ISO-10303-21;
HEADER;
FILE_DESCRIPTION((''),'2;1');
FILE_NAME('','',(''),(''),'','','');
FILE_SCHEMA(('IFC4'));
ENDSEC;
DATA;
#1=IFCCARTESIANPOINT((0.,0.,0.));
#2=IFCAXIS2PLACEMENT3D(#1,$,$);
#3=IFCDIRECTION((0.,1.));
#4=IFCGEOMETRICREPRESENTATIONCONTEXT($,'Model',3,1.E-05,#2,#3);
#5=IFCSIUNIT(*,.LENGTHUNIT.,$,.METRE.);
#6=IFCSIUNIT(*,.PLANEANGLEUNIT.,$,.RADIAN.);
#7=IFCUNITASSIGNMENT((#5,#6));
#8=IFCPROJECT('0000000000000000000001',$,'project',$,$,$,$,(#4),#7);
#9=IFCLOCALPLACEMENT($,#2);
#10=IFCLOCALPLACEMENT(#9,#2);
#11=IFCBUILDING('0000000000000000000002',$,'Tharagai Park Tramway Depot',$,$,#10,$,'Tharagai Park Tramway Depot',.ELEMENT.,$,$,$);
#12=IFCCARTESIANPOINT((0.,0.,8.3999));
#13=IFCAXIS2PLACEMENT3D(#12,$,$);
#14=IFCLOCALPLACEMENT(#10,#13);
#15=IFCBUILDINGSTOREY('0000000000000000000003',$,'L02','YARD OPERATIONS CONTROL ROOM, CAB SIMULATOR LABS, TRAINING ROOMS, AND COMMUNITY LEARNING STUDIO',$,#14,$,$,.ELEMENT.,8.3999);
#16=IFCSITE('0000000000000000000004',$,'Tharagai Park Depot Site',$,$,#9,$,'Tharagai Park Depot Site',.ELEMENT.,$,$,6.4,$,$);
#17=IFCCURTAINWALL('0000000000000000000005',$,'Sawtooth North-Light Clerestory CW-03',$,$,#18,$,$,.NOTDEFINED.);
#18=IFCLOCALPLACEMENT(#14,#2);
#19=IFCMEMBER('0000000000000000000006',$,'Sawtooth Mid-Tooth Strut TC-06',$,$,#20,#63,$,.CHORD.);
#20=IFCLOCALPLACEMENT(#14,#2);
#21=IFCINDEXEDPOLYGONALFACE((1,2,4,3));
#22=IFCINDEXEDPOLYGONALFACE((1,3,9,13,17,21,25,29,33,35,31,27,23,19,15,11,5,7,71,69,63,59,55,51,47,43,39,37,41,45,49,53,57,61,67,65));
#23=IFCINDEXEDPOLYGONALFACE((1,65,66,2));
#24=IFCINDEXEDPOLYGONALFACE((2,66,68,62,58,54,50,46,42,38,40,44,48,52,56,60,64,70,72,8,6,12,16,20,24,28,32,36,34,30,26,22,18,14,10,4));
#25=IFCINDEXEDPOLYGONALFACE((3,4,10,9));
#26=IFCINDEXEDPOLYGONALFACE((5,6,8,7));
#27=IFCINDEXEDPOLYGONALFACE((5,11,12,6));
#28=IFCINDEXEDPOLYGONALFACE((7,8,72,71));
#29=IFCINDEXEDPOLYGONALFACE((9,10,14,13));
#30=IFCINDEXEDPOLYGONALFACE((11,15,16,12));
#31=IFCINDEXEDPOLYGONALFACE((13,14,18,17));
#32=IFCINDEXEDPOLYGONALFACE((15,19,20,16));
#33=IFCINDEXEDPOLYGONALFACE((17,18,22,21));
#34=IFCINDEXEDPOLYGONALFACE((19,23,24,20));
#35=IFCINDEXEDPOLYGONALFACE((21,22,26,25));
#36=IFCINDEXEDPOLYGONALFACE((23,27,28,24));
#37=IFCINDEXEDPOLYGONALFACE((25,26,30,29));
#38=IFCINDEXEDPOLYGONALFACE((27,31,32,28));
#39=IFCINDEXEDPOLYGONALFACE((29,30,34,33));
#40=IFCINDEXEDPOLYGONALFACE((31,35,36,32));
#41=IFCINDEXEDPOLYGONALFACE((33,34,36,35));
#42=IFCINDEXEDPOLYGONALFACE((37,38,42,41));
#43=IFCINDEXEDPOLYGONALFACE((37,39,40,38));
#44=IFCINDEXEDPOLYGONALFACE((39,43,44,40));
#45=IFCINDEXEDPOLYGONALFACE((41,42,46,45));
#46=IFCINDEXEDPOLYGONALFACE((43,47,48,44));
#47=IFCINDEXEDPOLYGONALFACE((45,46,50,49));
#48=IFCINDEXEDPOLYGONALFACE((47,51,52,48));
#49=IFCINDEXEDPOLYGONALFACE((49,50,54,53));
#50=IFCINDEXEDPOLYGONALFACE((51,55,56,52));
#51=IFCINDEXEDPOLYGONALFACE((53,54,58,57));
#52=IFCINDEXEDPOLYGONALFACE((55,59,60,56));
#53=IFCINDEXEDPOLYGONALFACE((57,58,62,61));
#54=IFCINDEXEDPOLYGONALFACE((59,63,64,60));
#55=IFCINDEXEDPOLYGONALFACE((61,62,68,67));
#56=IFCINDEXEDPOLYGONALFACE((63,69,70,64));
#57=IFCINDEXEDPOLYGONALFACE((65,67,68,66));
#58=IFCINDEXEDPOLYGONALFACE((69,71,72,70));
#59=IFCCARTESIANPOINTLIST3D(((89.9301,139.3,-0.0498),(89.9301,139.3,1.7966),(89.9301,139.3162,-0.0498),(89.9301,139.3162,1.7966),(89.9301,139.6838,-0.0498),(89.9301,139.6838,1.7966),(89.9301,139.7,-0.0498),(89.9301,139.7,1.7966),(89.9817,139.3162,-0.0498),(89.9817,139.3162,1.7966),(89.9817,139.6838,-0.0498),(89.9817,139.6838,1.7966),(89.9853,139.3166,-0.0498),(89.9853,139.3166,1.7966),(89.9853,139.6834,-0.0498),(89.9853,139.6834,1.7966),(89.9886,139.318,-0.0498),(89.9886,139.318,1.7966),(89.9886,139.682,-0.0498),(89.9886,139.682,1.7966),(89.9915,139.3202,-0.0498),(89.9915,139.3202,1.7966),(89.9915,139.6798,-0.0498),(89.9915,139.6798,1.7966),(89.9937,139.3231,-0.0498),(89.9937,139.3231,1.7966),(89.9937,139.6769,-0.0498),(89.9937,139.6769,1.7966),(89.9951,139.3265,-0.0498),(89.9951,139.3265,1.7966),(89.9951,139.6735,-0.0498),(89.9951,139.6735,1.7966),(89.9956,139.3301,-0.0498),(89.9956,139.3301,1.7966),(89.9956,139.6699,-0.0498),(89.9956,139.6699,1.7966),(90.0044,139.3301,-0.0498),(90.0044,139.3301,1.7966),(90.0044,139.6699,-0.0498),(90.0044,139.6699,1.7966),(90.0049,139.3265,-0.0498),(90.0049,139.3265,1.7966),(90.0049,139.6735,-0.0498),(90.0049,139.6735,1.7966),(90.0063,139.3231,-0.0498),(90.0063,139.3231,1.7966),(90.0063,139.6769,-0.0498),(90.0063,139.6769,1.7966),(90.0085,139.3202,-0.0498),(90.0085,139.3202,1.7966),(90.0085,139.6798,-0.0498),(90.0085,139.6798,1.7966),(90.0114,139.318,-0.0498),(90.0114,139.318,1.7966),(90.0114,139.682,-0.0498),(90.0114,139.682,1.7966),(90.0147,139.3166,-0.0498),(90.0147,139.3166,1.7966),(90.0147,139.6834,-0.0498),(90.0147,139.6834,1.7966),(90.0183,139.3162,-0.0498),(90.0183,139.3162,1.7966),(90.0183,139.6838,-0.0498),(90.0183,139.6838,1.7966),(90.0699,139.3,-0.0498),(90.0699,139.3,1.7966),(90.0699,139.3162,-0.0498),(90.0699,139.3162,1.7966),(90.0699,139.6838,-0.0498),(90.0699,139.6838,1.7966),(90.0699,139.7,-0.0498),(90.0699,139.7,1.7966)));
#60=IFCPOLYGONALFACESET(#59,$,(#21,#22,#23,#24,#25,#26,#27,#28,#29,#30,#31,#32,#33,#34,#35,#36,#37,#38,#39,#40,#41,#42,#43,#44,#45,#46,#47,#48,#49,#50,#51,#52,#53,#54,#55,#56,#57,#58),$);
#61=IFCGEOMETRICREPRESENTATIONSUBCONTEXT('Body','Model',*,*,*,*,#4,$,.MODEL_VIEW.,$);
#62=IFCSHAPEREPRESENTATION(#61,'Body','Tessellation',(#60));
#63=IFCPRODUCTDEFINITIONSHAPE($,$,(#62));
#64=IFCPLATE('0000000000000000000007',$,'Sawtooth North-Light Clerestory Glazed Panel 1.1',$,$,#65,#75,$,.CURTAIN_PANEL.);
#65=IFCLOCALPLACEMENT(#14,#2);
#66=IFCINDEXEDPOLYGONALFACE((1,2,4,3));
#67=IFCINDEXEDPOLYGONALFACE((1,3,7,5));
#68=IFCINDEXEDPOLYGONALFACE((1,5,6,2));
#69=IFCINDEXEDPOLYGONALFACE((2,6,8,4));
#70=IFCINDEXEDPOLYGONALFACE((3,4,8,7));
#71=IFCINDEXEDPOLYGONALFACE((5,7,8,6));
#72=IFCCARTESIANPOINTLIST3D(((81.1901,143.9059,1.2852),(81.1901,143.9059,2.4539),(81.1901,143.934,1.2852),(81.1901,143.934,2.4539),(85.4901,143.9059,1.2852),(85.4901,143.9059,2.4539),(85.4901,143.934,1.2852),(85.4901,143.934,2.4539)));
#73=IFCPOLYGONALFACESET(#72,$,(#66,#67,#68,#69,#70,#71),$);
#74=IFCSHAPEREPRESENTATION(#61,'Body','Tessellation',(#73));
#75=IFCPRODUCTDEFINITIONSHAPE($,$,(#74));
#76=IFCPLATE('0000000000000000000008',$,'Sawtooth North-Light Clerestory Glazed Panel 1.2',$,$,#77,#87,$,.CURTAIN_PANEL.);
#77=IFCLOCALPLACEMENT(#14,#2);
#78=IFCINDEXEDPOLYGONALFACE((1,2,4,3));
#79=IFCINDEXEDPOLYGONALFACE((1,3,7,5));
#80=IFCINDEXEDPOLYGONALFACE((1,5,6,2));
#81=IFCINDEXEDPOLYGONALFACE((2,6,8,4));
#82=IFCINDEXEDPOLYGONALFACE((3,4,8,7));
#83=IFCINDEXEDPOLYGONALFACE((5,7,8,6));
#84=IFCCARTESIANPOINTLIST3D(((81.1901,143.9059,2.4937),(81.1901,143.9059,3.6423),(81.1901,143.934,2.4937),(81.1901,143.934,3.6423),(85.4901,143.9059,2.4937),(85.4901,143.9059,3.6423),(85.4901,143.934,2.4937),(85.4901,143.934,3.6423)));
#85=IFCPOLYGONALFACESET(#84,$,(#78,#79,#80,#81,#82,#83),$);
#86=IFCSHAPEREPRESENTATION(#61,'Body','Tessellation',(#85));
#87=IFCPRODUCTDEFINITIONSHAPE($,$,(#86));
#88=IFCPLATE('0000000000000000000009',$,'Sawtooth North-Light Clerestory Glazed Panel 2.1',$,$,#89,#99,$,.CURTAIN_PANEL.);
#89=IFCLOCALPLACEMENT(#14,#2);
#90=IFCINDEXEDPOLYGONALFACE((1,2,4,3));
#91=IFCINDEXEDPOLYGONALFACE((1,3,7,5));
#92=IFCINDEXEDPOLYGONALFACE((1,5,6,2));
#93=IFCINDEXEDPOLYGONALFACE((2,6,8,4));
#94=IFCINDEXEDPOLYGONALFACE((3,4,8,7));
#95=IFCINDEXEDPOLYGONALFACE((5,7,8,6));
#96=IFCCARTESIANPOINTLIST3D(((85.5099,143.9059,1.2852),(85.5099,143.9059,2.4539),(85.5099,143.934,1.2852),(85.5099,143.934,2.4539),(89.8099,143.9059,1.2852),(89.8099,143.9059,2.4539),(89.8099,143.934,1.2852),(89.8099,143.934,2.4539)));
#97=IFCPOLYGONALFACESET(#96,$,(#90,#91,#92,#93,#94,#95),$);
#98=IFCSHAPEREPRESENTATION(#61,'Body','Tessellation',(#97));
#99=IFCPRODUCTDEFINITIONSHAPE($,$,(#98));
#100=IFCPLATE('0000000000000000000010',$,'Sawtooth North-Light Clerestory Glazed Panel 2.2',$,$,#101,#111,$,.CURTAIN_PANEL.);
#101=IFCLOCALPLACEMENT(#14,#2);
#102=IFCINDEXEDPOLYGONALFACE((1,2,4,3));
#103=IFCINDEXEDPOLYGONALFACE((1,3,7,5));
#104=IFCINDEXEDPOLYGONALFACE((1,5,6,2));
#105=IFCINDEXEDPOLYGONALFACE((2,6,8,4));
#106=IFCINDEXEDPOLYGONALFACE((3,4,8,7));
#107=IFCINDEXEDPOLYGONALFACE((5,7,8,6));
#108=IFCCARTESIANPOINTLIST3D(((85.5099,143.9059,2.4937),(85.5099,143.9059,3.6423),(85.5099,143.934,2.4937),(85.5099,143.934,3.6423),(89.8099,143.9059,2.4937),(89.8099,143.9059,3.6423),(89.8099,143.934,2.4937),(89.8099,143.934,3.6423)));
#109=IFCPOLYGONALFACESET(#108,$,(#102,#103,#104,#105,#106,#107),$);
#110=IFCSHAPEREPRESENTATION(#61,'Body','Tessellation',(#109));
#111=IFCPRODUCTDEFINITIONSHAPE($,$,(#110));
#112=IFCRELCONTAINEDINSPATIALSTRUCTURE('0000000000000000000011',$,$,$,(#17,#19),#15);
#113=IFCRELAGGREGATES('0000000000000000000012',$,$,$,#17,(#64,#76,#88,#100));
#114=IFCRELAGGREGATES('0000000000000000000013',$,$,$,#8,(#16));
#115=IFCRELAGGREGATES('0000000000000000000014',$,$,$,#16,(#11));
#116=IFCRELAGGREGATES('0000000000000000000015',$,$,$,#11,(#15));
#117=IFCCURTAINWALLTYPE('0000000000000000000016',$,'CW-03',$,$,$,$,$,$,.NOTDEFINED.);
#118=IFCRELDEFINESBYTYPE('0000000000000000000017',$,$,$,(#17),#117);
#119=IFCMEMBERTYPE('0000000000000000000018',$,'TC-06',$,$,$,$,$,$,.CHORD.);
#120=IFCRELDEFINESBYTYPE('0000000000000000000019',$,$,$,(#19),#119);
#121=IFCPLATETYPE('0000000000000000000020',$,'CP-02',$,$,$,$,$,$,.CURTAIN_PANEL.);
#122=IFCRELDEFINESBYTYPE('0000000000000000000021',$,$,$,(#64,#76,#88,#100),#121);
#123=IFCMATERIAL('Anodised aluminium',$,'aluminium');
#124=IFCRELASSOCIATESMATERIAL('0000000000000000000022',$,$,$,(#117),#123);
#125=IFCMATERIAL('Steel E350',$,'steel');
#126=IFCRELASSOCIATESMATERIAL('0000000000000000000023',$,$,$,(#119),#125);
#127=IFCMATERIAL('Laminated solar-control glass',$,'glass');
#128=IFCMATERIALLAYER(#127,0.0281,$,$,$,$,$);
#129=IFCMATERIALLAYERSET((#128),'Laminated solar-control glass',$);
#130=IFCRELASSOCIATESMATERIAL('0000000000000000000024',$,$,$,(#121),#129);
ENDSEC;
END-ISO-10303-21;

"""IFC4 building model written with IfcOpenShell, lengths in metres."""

from ifc_helpers import new_model, si_unit, direction, frame, origin, origin_2d, place, context, subcontext, project, spatial, rectangle, i_section, extrude, material, layer, layer_set, material_profile, profile_set, type_object, element, aggregate, save


model = new_model("IFC4")

# Units and contexts
model_context = context("Model", 3, precision=1e-05, world=origin(), true_north=direction((0.0, 1.0)))
body_context = subcontext(model_context, "Body", "Model", "MODEL_VIEW")
ifc_project = project(units=[si_unit("LENGTHUNIT", "METRE"), si_unit("PLANEANGLEUNIT", "RADIAN")], contexts=[model_context])

# Site, building, storey
site_placement = place(None, origin())
site = spatial("IfcSite", under=ifc_project, at=site_placement, Name="Tharagai Park Depot Site", LongName="Tharagai Park Depot Site", CompositionType="ELEMENT", RefElevation=6.4)
building_placement = place(site_placement, origin())
building = spatial("IfcBuilding", under=site, at=building_placement, Name="Tharagai Park Tramway Depot", LongName="Tharagai Park Tramway Depot", CompositionType="ELEMENT")
storey_placement = place(building_placement, frame((0.0, 0.0, 8.3999)))
storey = spatial("IfcBuildingStorey", under=building, at=storey_placement, Name="L02", Description="YARD OPERATIONS CONTROL ROOM, CAB SIMULATOR LABS, TRAINING ROOMS, AND COMMUNITY LEARNING STUDIO", CompositionType="ELEMENT", Elevation=8.3999)

# Shared definitions
ifc_material_1 = material(Name="Steel E350", Category="steel")

# Curtain wall
ifc_material_2 = material(Name="Anodised aluminium", Category="aluminium")
curtain_wall_type_1 = type_object("IfcCurtainWallType", Name="CW-03", PredefinedType="NOTDEFINED", material=ifc_material_2)
curtain_wall_1_placement = place(storey_placement, origin())
curtain_wall_1 = element("IfcCurtainWall", 1, at=curtain_wall_1_placement, inside=storey, type_object=curtain_wall_type_1, Name="Sawtooth North-Light Clerestory CW-03", PredefinedType="NOTDEFINED")

# Member
ifc_material_profile_1 = material_profile(ifc_material_1, i_section(OverallWidth=0.1399, OverallDepth=0.3999, WebThickness=0.0088, FlangeThickness=0.0161, FilletRadius=0.0139, at=origin_2d()), Name="ISMB 400")
ifc_profile_set_1 = profile_set([ifc_material_profile_1], Name="Steel E350")
member_type_1 = type_object("IfcMemberType", Name="TC-06", PredefinedType="CHORD", material=ifc_profile_set_1)
member_1_placement = place(storey_placement, frame((90.0, 139.5, -0.0498), z_axis=(0.0, 0.0, 1.0), x_axis=(1.0, 0.0, 0.0)))
element("IfcMember", 2, at=member_1_placement, inside=storey, type_object=member_type_1, Name="Sawtooth Mid-Tooth Strut TC-06", PredefinedType="CHORD", context=body_context, shape_type="SweptSolid", body=[
    extrude(i_section(OverallWidth=0.1399, OverallDepth=0.3999, WebThickness=0.0088, FlangeThickness=0.0161, FilletRadius=0.0139, at=origin_2d()), origin(), (0.0, 0.0, 1.0), 1.8464),
])

# Plates
ifc_material_3 = material(Name="Laminated solar-control glass", Category="glass")
ifc_layer = layer(ifc_material_3, 0.0281)
ifc_layer_set = layer_set([ifc_layer], Name="Laminated solar-control glass")
plate_type = type_object("IfcPlateType", Name="CP-02", PredefinedType="CURTAIN_PANEL", material=ifc_layer_set)
plate_1_placement = place(storey_placement, frame((83.3401, 143.9199, 1.2852), z_axis=(0.0, 0.0, 1.0), x_axis=(1.0, 0.0, 0.0)))
plate_1 = element("IfcPlate", 3, at=plate_1_placement, type_object=plate_type, Name="Sawtooth North-Light Clerestory Glazed Panel 1.1", PredefinedType="CURTAIN_PANEL", context=body_context, shape_type="SweptSolid", body=[
    extrude(rectangle(XDim=4.3, YDim=0.0281, at=origin_2d()), origin(), (0.0, 0.0, 1.0), 1.1687),
])
plate_2_placement = place(storey_placement, frame((83.3401, 143.9199, 2.4937), z_axis=(0.0, 0.0, 1.0), x_axis=(1.0, 0.0, 0.0)))
plate_2 = element("IfcPlate", 4, at=plate_2_placement, type_object=plate_type, Name="Sawtooth North-Light Clerestory Glazed Panel 1.2", PredefinedType="CURTAIN_PANEL", context=body_context, shape_type="SweptSolid", body=[
    extrude(rectangle(XDim=4.3, YDim=0.0281, at=origin_2d()), origin(), (0.0, 0.0, 1.0), 1.1487),
])
plate_3_placement = place(storey_placement, frame((87.6599, 143.9199, 1.2852), z_axis=(0.0, 0.0, 1.0), x_axis=(1.0, 0.0, 0.0)))
plate_3 = element("IfcPlate", 5, at=plate_3_placement, type_object=plate_type, Name="Sawtooth North-Light Clerestory Glazed Panel 2.1", PredefinedType="CURTAIN_PANEL", context=body_context, shape_type="SweptSolid", body=[
    extrude(rectangle(XDim=4.3, YDim=0.0281, at=origin_2d()), origin(), (0.0, 0.0, 1.0), 1.1687),
])
plate_4_placement = place(storey_placement, frame((87.6599, 143.9199, 2.4937), z_axis=(0.0, 0.0, 1.0), x_axis=(1.0, 0.0, 0.0)))
plate_4 = element("IfcPlate", 6, at=plate_4_placement, type_object=plate_type, Name="Sawtooth North-Light Clerestory Glazed Panel 2.2", PredefinedType="CURTAIN_PANEL", context=body_context, shape_type="SweptSolid", body=[
    extrude(rectangle(XDim=4.3, YDim=0.0281, at=origin_2d()), origin(), (0.0, 0.0, 1.0), 1.1487),
])
aggregate(curtain_wall_1, [plate_1, plate_2, plate_3, plate_4])

save(model, "model.ifc")
